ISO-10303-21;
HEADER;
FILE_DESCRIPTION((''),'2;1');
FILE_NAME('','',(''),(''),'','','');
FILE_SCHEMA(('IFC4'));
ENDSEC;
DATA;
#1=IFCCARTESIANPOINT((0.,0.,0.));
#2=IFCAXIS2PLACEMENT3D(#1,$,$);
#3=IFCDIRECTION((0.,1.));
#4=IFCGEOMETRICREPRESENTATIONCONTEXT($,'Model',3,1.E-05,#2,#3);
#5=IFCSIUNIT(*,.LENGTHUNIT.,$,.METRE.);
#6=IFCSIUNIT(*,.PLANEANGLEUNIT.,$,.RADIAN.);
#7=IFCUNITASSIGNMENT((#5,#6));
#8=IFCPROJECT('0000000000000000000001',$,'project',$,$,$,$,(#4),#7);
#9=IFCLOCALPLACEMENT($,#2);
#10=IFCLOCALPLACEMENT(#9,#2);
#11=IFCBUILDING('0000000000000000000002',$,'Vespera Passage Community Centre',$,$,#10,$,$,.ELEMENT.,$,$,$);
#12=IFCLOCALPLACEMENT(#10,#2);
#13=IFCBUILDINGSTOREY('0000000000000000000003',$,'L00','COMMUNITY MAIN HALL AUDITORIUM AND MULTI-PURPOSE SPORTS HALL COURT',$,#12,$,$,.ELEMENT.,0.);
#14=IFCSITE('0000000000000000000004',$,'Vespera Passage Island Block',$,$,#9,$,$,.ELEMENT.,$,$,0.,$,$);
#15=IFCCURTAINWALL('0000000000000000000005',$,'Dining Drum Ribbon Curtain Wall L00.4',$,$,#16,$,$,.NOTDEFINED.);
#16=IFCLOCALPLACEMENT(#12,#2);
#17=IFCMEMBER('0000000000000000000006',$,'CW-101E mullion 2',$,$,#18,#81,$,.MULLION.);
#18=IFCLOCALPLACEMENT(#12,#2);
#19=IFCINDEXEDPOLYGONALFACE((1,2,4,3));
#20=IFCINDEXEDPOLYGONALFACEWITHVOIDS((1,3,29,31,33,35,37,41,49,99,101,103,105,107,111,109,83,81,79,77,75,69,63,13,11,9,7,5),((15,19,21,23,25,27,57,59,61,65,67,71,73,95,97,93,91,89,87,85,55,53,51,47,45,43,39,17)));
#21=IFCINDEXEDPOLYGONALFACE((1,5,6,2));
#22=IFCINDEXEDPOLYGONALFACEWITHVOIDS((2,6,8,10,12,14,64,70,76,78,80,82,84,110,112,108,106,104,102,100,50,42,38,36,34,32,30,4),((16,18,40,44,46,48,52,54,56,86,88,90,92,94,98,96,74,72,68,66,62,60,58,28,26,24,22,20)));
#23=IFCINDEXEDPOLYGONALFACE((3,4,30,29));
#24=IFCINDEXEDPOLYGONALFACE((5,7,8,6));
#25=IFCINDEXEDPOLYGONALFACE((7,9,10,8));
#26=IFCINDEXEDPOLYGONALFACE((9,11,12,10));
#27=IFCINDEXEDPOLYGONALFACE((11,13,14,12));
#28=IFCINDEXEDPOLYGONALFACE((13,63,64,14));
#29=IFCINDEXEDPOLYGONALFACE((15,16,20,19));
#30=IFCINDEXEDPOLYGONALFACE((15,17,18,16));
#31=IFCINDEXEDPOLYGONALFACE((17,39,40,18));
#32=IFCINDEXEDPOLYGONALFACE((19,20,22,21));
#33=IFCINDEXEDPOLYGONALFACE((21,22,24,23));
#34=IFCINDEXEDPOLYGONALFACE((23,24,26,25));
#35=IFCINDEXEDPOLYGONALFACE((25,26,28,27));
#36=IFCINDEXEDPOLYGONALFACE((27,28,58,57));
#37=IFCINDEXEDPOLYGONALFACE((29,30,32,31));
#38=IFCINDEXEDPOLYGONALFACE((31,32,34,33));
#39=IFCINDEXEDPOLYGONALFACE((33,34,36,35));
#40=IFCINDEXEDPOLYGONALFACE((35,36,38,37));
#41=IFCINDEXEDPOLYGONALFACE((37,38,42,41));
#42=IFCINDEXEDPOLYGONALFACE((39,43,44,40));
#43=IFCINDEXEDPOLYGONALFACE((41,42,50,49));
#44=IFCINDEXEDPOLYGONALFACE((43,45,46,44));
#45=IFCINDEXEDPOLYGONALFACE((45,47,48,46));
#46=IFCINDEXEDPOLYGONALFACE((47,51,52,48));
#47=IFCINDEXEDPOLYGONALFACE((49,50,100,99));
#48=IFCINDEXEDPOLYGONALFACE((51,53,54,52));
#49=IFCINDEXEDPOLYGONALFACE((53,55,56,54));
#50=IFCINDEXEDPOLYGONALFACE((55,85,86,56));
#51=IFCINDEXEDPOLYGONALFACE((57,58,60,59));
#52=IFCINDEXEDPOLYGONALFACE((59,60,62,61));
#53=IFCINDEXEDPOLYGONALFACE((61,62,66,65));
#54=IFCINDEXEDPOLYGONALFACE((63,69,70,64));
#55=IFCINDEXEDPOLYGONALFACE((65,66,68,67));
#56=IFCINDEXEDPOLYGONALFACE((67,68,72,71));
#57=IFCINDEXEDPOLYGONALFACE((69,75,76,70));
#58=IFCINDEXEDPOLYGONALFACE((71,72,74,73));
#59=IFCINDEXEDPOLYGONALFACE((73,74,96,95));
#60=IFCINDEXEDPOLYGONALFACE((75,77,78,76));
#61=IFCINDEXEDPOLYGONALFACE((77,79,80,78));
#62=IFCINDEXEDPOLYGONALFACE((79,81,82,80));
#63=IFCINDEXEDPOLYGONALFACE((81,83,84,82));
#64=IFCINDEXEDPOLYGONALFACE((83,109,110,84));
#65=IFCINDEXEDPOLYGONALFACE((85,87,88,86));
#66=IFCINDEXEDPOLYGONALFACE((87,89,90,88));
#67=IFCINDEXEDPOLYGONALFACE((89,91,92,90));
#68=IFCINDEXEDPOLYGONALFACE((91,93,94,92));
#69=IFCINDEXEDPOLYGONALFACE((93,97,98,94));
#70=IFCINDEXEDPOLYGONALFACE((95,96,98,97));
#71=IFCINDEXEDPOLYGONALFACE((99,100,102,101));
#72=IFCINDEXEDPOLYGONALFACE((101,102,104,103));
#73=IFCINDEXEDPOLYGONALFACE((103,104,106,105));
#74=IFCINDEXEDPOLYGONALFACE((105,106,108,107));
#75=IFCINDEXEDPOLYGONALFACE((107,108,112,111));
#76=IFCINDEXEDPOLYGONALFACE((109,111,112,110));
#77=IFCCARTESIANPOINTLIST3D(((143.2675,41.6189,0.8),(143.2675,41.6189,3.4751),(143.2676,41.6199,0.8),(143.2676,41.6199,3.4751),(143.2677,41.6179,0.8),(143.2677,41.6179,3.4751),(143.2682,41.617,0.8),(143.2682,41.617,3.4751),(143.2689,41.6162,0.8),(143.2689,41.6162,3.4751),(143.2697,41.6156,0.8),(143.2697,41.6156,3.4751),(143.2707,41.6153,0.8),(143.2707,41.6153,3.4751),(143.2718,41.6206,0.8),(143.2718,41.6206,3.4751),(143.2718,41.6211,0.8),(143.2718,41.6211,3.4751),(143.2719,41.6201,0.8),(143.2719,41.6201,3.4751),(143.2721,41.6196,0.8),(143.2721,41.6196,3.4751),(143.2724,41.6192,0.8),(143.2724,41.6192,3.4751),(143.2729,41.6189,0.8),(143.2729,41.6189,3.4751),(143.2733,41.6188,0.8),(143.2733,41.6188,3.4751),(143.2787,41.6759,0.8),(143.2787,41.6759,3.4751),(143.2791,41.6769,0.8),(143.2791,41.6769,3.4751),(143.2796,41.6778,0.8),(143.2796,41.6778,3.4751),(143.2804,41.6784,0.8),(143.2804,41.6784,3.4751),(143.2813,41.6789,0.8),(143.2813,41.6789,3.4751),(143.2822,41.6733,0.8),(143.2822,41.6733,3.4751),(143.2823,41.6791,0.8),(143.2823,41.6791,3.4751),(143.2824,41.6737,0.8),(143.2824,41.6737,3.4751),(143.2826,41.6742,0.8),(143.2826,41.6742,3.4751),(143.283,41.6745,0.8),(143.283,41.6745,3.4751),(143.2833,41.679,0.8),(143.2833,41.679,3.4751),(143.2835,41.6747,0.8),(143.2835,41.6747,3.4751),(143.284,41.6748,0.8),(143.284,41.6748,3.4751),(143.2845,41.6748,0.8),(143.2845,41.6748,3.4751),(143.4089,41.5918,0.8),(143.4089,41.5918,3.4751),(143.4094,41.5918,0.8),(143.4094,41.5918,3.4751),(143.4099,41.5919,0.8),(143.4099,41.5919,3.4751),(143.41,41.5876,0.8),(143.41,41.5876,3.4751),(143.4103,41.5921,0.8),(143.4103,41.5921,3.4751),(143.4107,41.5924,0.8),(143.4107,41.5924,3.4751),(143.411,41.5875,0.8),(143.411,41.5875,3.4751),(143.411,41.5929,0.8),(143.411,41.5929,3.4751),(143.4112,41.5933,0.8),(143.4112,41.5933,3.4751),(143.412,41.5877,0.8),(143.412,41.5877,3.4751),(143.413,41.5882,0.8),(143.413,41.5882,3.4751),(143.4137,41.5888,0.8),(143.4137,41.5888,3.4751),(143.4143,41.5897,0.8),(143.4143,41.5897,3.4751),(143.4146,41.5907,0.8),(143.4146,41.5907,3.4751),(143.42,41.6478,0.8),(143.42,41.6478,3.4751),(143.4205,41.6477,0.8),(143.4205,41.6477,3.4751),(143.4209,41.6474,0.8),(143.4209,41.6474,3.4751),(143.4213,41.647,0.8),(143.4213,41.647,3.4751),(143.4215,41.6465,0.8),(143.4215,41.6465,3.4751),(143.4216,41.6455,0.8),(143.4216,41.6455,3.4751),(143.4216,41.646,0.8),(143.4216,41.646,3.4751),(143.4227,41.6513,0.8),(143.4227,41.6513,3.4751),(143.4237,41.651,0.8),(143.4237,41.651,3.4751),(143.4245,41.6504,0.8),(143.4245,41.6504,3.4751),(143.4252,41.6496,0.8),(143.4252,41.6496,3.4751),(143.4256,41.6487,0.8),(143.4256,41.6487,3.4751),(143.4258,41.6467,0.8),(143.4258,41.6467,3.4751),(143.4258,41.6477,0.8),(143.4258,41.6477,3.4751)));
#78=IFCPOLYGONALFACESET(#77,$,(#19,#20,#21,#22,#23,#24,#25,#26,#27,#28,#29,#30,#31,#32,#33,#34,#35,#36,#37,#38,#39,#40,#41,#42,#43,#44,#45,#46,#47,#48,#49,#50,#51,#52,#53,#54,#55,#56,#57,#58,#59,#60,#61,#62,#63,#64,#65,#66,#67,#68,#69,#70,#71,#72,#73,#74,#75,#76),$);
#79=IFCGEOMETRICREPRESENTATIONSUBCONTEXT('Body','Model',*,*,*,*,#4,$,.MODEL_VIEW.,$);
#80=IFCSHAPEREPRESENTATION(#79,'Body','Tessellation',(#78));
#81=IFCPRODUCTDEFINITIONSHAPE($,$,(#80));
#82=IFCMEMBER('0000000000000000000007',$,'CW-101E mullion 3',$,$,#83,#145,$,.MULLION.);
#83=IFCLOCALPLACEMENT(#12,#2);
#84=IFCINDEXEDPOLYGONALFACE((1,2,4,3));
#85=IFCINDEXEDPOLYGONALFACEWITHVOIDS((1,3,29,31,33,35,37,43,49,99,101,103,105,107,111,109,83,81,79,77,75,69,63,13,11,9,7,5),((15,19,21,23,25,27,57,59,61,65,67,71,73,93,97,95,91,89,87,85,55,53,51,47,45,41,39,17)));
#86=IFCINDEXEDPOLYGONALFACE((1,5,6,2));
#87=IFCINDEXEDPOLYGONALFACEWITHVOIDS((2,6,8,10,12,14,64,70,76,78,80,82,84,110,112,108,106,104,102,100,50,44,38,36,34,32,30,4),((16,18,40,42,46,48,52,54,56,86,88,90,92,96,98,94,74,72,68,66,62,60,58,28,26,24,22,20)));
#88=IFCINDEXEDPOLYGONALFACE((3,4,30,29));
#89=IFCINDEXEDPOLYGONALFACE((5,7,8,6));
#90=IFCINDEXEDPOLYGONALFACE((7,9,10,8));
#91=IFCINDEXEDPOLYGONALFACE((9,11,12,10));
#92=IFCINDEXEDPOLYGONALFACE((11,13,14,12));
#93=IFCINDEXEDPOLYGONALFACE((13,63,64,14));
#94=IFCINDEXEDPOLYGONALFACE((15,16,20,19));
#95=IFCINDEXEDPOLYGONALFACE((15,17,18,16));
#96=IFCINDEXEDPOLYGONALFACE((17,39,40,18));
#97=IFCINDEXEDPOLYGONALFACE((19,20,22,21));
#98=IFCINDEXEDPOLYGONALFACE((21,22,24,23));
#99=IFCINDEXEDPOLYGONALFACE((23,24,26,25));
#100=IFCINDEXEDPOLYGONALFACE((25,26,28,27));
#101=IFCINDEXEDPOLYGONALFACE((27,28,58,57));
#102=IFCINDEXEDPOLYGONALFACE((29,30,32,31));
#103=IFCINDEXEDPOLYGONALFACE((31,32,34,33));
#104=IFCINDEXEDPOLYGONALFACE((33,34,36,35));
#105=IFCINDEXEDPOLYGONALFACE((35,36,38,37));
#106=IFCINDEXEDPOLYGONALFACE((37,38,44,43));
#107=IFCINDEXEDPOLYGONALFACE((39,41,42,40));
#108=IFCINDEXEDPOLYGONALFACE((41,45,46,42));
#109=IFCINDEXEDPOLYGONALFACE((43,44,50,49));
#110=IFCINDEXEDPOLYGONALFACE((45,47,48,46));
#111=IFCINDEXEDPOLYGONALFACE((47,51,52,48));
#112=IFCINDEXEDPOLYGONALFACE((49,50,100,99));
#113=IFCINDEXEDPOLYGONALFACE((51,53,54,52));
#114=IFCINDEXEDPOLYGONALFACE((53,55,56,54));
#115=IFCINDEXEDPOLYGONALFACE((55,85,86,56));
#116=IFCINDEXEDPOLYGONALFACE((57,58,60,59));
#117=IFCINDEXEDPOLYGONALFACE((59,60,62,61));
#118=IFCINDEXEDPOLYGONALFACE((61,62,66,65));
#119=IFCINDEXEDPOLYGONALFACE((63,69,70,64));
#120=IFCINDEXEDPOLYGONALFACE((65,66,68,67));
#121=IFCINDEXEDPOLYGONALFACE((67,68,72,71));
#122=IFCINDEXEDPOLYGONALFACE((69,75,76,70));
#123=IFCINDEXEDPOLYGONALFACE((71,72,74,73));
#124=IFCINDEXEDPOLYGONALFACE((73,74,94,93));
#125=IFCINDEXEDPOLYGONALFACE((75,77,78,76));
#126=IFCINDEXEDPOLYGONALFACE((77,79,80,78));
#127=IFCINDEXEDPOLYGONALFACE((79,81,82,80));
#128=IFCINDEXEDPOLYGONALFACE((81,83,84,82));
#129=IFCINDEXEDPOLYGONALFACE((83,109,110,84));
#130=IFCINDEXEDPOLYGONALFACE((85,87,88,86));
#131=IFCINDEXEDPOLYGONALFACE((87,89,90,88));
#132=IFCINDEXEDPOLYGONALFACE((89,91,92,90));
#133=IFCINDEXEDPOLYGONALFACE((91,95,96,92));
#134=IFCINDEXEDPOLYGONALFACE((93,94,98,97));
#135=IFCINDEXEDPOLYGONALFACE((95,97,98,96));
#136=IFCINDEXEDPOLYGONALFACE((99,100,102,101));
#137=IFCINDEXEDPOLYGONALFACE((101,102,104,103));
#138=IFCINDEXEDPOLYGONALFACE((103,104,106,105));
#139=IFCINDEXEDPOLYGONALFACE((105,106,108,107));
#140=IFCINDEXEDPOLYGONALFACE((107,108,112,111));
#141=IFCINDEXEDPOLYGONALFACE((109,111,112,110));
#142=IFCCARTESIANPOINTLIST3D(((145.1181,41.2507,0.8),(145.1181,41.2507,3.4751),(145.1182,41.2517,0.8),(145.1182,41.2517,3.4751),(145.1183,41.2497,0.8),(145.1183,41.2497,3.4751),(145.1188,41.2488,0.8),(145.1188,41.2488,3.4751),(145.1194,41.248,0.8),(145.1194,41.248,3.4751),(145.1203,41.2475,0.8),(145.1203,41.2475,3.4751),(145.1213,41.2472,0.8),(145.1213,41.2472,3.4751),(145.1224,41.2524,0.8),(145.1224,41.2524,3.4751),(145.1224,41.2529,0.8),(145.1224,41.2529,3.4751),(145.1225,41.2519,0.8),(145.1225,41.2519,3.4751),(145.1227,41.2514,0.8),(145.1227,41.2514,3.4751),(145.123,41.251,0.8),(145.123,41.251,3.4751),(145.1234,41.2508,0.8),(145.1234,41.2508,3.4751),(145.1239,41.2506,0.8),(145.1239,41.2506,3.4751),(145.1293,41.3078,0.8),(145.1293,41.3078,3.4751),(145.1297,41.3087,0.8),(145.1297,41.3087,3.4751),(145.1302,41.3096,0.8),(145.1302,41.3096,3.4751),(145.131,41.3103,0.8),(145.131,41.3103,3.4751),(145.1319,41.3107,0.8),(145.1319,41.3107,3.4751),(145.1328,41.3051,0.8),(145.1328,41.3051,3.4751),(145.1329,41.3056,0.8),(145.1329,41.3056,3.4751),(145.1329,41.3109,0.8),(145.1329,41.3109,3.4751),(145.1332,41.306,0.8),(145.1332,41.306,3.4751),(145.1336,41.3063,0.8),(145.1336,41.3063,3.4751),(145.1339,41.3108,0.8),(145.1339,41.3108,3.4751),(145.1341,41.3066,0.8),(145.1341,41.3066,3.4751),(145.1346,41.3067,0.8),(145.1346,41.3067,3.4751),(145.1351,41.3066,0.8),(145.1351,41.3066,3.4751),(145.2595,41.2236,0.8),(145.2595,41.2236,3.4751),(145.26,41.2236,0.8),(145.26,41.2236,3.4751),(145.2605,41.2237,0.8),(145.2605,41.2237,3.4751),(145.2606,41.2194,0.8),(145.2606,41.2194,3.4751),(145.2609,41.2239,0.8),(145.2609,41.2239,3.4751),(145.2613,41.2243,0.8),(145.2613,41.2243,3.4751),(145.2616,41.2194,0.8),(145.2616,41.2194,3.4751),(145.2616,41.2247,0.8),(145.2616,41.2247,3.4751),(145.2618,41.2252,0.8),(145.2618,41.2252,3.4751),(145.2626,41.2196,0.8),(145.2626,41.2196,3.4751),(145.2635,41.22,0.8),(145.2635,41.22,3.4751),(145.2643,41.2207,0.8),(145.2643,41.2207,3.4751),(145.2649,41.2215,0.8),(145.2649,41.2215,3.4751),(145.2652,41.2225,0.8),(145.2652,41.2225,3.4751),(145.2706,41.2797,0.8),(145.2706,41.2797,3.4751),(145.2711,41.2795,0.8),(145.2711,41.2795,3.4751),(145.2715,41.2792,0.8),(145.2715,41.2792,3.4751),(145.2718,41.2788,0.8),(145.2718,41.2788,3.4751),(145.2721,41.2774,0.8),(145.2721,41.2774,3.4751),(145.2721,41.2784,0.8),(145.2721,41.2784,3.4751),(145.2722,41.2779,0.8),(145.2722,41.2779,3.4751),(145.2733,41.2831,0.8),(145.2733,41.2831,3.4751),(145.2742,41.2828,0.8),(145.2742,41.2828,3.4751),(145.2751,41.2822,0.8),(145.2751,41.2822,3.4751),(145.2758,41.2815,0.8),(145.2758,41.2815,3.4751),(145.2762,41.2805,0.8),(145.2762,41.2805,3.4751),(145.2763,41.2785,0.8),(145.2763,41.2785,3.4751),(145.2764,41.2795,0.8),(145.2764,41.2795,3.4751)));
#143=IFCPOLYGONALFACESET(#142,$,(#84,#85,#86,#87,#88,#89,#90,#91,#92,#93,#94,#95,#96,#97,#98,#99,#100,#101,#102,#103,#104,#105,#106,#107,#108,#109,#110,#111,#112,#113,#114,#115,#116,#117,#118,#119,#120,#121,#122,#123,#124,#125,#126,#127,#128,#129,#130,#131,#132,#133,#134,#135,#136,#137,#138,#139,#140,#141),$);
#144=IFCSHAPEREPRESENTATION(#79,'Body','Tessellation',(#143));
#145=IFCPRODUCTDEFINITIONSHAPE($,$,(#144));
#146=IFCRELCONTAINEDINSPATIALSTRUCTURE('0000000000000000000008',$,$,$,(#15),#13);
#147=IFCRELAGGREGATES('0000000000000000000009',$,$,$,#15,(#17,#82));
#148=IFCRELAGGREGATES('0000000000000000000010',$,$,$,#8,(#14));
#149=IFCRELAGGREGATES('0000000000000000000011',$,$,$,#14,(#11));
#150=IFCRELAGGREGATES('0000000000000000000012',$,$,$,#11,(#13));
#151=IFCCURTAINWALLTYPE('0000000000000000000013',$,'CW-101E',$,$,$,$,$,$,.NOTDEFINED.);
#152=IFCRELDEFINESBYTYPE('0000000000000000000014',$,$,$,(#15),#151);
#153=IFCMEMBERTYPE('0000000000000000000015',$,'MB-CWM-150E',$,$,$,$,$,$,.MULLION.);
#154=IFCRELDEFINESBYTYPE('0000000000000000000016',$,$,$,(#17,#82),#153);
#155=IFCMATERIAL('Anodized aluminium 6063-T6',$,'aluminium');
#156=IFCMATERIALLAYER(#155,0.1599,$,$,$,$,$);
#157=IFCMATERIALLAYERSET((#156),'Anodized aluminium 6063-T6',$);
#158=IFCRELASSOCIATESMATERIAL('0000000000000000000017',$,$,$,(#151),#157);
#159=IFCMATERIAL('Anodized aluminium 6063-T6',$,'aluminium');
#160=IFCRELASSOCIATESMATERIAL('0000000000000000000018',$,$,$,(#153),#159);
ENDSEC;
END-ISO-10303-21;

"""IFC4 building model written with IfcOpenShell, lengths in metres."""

from ifc_helpers import new_model, si_unit, direction, frame, origin, origin_2d, place, context, subcontext, project, spatial, hollow_rectangle, extrude, material, layer, layer_set, material_profile, profile_set, type_object, element, aggregate, save


model = new_model("IFC4")

# Units and contexts
model_context = context("Model", 3, precision=1e-05, world=origin(), true_north=direction((0.0, 1.0)))
body_context = subcontext(model_context, "Body", "Model", "MODEL_VIEW")
ifc_project = project(units=[si_unit("LENGTHUNIT", "METRE"), si_unit("PLANEANGLEUNIT", "RADIAN")], contexts=[model_context])

# Site, building, storey
site_placement = place(None, origin())
site = spatial("IfcSite", under=ifc_project, at=site_placement, Name="Vespera Passage Island Block", CompositionType="ELEMENT", RefElevation=0.0)
building_placement = place(site_placement, origin())
building = spatial("IfcBuilding", under=site, at=building_placement, Name="Vespera Passage Community Centre", CompositionType="ELEMENT")
storey_placement = place(building_placement, origin())
storey = spatial("IfcBuildingStorey", under=building, at=storey_placement, Name="L00", Description="COMMUNITY MAIN HALL AUDITORIUM AND MULTI-PURPOSE SPORTS HALL COURT", CompositionType="ELEMENT", Elevation=0.0)

# Curtain wall, members
ifc_material_1 = material(Name="Anodized aluminium 6063-T6", Category="aluminium")
ifc_layer_1 = layer(ifc_material_1, 0.1599)
ifc_layer_set_1 = layer_set([ifc_layer_1], Name="Anodized aluminium 6063-T6")
curtain_wall_type_1 = type_object("IfcCurtainWallType", Name="CW-101E", PredefinedType="NOTDEFINED", material=ifc_layer_set_1)
curtain_wall_1_placement = place(storey_placement, origin())
curtain_wall_1 = element("IfcCurtainWall", 1, at=curtain_wall_1_placement, inside=storey, type_object=curtain_wall_type_1, Name="Dining Drum Ribbon Curtain Wall L00.4", PredefinedType="NOTDEFINED")
ifc_material_2 = material(Name="Anodized aluminium 6063-T6", Category="aluminium")
ifc_material_profile_1 = material_profile(ifc_material_2, hollow_rectangle(XDim=0.0649, YDim=0.1499, WallThickness=0.0039, InnerFilletRadius=0.002, OuterFilletRadius=0.0039, at=origin_2d()), Name="ALU150X65X4")
ifc_profile_set_1 = profile_set([ifc_material_profile_1], Name="Anodized aluminium 6063-T6")
member_type_1 = type_object("IfcMemberType", Name="MB-CWM-150E", PredefinedType="MULLION", material=ifc_profile_set_1)
member_1_placement = place(storey_placement, frame((143.3467, 41.6333, 0.8), z_axis=(0.0, 0.0, 1.0), x_axis=(0.195097, 0.980784, 0.0)))
member_1 = element("IfcMember", 2, at=member_1_placement, type_object=member_type_1, Name="CW-101E mullion 2", PredefinedType="MULLION", context=body_context, shape_type="SweptSolid", body=[
    extrude(hollow_rectangle(XDim=0.0649, YDim=0.1499, WallThickness=0.0039, InnerFilletRadius=0.002, OuterFilletRadius=0.0039, at=origin_2d()), origin(), (0.0, 0.0, 1.0), 2.675),
])
member_2_placement = place(storey_placement, frame((145.1973, 41.2651, 0.8), z_axis=(0.0, 0.0, 1.0), x_axis=(0.195097, 0.980784, 0.0)))
member_2 = element("IfcMember", 3, at=member_2_placement, type_object=member_type_1, Name="CW-101E mullion 3", PredefinedType="MULLION", context=body_context, shape_type="SweptSolid", body=[
    extrude(hollow_rectangle(XDim=0.0649, YDim=0.1499, WallThickness=0.0039, InnerFilletRadius=0.002, OuterFilletRadius=0.0039, at=origin_2d()), origin(), (0.0, 0.0, 1.0), 2.675),
])

aggregate(curtain_wall_1, [member_1, member_2])

save(model, "model.ifc")
